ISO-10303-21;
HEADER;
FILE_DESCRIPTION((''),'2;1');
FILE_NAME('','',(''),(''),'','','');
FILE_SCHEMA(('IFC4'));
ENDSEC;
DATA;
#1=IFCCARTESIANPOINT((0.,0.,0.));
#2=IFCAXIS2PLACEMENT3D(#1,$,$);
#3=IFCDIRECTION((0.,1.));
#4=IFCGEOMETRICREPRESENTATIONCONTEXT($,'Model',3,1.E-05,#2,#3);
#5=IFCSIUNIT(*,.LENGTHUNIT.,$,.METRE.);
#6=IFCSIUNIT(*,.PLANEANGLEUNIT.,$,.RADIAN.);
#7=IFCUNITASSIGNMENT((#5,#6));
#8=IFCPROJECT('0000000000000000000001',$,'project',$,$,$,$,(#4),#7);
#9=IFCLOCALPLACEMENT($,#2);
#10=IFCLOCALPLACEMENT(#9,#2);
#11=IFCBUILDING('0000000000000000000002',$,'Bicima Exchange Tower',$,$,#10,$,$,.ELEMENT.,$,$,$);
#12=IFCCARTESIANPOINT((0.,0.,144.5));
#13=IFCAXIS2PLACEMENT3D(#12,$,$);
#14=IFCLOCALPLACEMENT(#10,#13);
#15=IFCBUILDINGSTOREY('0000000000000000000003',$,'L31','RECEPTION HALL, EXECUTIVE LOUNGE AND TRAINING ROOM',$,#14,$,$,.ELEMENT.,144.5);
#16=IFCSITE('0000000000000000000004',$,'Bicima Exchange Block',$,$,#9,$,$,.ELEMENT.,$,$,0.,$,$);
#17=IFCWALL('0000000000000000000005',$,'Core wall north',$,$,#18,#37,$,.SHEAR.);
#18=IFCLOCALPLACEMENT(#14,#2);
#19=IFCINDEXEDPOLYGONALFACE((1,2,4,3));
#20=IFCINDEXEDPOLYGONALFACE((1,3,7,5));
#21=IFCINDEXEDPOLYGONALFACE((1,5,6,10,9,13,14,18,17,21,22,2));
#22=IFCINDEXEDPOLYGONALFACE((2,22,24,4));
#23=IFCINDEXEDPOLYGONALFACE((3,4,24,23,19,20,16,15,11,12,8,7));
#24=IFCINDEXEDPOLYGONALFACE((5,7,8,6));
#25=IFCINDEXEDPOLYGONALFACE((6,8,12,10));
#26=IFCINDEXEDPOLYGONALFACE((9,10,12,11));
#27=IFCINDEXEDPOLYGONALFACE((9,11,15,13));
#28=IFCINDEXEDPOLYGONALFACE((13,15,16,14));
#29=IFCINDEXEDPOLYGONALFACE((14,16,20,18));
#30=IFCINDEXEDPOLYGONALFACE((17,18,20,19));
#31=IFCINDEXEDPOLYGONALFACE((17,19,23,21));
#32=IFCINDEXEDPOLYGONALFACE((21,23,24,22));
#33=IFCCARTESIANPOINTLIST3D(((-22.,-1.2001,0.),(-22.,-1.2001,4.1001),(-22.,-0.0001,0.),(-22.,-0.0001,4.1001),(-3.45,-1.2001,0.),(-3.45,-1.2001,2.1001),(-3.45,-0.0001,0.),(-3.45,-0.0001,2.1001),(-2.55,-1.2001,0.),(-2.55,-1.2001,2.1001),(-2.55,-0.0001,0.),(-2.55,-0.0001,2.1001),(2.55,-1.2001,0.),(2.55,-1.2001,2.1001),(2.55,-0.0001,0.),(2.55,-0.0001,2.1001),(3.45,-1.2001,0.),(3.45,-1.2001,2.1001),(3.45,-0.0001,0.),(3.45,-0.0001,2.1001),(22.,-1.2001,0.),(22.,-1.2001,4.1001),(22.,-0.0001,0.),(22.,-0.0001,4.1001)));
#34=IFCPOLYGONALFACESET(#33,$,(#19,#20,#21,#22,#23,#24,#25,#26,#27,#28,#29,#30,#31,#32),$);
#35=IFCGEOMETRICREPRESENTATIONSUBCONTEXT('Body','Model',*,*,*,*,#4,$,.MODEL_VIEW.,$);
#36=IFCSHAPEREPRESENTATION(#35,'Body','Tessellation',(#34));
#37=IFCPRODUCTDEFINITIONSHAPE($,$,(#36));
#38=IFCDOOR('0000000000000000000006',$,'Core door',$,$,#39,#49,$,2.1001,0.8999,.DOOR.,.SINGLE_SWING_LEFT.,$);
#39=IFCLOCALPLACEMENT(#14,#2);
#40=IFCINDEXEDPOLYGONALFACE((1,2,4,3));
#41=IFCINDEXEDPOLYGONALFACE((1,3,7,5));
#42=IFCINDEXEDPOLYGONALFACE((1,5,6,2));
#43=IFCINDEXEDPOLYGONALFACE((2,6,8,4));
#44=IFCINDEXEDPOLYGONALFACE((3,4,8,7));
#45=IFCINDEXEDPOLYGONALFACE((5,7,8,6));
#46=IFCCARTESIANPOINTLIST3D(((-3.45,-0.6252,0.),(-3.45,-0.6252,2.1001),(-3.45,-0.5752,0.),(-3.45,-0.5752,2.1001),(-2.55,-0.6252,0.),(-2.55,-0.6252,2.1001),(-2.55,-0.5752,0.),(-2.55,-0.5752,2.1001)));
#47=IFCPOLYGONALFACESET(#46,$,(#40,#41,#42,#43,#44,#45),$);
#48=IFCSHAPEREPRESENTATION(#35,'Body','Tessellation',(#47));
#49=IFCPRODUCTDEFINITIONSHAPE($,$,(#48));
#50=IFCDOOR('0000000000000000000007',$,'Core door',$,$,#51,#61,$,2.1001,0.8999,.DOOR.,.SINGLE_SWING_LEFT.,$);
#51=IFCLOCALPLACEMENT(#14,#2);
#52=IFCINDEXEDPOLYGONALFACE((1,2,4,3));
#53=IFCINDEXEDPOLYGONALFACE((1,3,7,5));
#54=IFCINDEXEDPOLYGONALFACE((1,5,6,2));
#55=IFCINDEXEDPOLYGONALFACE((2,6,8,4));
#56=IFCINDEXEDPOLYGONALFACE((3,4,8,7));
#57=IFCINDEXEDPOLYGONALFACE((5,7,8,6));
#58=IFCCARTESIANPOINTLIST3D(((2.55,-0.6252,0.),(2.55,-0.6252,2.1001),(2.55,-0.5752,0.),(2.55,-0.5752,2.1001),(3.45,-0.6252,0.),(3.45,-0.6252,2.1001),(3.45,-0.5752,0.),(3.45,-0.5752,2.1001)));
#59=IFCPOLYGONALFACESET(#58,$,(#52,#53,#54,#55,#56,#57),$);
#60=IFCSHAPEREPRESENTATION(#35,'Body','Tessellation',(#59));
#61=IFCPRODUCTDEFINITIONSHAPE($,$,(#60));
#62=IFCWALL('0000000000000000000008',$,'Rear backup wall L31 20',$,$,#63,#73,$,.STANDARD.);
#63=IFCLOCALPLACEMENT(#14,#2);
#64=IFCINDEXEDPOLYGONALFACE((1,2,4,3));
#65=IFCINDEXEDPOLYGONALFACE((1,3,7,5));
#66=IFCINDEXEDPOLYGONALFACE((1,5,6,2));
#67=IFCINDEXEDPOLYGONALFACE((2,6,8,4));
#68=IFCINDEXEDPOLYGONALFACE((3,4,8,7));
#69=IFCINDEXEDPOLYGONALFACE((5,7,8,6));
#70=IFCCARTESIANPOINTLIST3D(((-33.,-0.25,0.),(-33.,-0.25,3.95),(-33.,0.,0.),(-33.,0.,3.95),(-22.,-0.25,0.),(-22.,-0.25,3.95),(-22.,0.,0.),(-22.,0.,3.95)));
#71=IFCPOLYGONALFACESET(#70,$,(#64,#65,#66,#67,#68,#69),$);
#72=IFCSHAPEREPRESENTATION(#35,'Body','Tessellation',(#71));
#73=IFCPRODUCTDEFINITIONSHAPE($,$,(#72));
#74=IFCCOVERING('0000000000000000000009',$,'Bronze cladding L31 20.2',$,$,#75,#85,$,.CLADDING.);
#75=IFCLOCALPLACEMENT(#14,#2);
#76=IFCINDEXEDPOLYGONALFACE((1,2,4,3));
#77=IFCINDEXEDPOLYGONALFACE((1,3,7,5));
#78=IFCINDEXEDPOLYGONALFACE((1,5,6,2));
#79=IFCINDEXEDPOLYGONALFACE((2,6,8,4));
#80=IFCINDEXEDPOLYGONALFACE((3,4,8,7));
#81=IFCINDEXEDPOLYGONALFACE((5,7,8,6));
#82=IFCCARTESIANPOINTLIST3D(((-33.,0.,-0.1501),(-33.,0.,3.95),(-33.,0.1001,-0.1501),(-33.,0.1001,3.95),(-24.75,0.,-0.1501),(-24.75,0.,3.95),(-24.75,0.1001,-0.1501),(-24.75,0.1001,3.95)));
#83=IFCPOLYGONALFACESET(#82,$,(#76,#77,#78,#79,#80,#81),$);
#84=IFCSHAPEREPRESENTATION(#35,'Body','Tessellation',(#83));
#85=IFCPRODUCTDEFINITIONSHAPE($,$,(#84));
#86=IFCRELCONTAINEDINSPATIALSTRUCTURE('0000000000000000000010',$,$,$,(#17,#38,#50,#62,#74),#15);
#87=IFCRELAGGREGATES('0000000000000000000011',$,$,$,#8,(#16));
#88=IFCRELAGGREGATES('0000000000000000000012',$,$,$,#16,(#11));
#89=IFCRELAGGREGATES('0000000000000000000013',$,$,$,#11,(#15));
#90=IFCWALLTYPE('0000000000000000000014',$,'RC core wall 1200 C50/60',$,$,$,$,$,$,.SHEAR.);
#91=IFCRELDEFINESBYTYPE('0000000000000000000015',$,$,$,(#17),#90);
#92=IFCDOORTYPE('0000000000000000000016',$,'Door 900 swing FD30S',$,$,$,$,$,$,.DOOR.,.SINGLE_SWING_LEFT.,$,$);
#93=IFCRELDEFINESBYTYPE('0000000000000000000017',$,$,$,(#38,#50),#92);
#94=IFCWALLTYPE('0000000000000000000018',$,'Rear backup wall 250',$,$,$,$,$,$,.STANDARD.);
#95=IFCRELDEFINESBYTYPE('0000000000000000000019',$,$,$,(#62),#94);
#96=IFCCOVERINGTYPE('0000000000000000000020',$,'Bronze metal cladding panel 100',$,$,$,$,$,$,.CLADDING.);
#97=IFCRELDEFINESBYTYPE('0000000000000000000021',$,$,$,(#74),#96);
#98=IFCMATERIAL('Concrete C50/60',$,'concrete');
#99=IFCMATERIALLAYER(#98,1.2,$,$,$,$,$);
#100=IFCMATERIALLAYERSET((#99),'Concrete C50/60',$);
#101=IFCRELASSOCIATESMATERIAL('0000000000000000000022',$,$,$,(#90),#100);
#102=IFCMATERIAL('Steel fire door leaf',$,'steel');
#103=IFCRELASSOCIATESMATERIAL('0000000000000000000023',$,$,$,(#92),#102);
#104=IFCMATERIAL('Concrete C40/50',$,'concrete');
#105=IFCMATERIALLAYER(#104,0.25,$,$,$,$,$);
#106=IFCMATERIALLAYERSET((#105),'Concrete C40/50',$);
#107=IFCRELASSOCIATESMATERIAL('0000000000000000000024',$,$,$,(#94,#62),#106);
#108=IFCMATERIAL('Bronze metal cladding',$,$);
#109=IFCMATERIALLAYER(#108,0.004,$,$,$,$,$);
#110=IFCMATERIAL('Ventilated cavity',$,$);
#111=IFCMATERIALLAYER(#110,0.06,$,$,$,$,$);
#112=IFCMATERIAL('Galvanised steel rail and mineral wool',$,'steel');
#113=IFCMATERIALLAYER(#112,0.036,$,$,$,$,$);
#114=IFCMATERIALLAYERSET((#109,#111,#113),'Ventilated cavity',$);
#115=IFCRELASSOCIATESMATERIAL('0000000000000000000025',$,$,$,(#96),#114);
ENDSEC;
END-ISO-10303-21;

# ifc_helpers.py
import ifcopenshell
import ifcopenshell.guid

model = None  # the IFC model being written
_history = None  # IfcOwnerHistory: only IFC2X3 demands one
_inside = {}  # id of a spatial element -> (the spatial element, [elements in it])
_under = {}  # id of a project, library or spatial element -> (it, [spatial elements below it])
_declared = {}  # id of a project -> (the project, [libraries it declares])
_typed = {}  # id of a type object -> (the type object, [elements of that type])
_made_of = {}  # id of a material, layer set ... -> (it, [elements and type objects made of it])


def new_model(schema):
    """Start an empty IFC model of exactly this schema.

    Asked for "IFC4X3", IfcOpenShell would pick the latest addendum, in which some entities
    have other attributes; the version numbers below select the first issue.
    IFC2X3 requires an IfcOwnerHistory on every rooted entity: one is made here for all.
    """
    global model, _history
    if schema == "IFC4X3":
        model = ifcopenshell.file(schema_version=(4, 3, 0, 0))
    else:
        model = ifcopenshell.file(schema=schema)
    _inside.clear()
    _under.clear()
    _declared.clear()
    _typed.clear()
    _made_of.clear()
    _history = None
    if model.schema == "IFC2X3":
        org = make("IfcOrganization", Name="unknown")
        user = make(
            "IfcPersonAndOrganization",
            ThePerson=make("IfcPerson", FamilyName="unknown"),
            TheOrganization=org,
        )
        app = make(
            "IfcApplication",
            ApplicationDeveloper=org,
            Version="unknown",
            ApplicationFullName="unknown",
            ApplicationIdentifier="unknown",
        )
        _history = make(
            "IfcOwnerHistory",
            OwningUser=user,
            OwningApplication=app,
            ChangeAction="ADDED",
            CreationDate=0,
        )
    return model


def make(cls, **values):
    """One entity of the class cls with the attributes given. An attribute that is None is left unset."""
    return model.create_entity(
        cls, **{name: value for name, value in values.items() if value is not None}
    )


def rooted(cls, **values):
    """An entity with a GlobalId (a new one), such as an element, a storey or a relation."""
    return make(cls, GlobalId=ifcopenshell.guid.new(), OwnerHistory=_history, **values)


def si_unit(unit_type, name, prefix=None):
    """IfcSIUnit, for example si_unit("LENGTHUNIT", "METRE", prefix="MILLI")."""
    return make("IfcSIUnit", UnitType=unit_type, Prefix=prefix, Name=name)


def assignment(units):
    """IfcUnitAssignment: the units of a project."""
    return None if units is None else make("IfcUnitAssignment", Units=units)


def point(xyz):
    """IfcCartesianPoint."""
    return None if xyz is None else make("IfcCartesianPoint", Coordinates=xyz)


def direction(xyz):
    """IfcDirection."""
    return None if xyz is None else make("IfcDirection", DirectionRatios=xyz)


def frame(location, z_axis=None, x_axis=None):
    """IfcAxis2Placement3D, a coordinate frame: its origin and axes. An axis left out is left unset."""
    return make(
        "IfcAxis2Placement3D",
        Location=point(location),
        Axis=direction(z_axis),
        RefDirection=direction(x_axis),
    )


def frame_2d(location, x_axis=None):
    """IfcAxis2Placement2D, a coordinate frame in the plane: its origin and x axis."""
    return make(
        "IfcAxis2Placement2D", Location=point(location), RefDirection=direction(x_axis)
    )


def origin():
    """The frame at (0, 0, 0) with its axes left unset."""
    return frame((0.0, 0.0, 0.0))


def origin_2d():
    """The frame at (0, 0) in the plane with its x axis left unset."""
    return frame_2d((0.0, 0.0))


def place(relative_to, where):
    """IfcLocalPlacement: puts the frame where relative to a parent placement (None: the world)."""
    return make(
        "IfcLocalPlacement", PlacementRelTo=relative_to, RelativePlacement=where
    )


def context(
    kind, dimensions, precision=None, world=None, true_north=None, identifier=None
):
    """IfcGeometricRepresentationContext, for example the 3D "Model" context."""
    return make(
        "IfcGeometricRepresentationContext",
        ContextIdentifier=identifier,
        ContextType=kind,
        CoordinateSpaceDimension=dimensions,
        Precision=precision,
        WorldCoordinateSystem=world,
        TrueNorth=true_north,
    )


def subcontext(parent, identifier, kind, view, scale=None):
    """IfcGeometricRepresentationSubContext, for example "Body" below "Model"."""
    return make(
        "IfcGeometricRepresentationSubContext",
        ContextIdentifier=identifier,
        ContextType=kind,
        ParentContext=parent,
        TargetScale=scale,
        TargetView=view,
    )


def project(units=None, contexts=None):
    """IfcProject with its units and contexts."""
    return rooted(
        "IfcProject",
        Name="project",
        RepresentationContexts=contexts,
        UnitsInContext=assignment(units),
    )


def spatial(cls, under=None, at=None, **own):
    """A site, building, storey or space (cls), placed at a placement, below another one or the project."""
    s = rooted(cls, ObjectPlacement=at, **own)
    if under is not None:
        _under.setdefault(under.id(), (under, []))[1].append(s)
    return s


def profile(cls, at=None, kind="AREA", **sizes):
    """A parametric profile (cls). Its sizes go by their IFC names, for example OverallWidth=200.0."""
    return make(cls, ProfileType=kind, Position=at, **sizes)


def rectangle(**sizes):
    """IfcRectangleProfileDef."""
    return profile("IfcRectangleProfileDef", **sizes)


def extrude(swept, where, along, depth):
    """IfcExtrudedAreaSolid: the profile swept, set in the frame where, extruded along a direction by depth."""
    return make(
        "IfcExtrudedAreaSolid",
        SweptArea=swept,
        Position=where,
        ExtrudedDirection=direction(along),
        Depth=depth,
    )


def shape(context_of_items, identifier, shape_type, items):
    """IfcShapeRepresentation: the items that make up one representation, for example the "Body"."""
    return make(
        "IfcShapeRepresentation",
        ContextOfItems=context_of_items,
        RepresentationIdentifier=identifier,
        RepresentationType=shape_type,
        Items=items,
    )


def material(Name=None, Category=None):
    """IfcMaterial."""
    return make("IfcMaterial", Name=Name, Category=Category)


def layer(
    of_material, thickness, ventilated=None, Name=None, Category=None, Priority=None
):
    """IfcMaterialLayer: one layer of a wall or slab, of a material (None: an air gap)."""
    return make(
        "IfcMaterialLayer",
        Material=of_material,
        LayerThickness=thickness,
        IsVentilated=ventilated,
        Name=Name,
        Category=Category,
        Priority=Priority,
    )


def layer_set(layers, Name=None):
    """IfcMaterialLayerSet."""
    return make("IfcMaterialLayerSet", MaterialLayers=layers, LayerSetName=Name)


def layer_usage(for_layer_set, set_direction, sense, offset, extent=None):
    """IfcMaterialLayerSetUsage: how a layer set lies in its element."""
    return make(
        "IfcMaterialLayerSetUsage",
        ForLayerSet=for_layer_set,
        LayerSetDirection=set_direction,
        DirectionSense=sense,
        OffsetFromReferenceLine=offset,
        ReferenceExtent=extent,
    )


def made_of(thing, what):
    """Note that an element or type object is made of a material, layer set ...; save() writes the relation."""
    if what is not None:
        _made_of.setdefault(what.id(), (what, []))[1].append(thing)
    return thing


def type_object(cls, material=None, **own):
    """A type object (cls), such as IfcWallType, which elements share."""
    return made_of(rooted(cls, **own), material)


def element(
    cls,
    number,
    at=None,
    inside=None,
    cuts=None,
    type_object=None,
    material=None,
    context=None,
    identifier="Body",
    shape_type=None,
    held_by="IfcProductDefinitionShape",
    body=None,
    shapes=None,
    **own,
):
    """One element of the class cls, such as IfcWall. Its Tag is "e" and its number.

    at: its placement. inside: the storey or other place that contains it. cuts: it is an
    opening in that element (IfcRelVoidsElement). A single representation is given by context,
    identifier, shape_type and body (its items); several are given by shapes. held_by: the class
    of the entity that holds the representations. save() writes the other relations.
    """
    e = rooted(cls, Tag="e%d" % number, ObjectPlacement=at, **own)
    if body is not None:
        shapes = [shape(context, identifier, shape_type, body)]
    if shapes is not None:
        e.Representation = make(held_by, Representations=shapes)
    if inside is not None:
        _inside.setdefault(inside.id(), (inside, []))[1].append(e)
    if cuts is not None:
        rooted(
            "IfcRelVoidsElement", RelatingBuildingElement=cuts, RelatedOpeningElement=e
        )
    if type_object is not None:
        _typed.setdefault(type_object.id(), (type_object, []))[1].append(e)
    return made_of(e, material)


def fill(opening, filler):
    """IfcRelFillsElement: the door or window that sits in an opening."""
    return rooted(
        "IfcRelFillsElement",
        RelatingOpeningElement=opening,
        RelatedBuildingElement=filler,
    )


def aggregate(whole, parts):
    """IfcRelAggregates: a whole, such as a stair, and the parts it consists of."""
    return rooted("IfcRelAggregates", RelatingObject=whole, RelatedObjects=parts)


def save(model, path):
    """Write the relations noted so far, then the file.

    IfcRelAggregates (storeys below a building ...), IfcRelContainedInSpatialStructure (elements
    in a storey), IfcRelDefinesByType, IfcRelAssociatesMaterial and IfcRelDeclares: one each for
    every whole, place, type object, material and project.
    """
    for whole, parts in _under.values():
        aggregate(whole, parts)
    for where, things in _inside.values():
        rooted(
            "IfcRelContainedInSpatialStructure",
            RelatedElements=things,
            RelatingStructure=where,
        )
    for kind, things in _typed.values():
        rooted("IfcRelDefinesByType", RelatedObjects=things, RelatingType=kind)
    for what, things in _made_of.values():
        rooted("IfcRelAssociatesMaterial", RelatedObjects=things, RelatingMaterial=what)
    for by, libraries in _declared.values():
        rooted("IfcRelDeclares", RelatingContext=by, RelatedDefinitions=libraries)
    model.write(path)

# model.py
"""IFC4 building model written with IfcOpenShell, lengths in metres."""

from ifc_helpers import new_model, si_unit, direction, frame, frame_2d, origin, origin_2d, place, context, subcontext, project, spatial, rectangle, extrude, material, layer, layer_set, layer_usage, type_object, element, fill, save


model = new_model("IFC4")

# Units and contexts
model_context = context("Model", 3, precision=1e-05, world=origin(), true_north=direction((0.0, 1.0)))
body_context = subcontext(model_context, "Body", "Model", "MODEL_VIEW")
ifc_project = project(units=[si_unit("LENGTHUNIT", "METRE"), si_unit("PLANEANGLEUNIT", "RADIAN")], contexts=[model_context])

# Site, building, storey
site_placement = place(None, origin())
site = spatial("IfcSite", under=ifc_project, at=site_placement, Name="Bicima Exchange Block", CompositionType="ELEMENT", RefElevation=0.0)
building_placement = place(site_placement, origin())
building = spatial("IfcBuilding", under=site, at=building_placement, Name="Bicima Exchange Tower", CompositionType="ELEMENT")
storey_placement = place(building_placement, frame((0.0, 0.0, 144.5)))
storey = spatial("IfcBuildingStorey", under=building, at=storey_placement, Name="L31", Description="RECEPTION HALL, EXECUTIVE LOUNGE AND TRAINING ROOM", CompositionType="ELEMENT", Elevation=144.5)

# Wall, openings, doors
ifc_material_1 = material(Name="Concrete C50/60", Category="concrete")
ifc_layer_1 = layer(ifc_material_1, 1.2)
ifc_layer_set_1 = layer_set([ifc_layer_1], Name="Concrete C50/60")
wall_type_1 = type_object("IfcWallType", Name="RC core wall 1200 C50/60", PredefinedType="SHEAR", material=ifc_layer_set_1)
wall_1_placement = place(storey_placement, frame((-22.0, -0.6001, 0.0), z_axis=(0.0, 0.0, 1.0), x_axis=(1.0, 0.0, 0.0)))
wall_1 = element("IfcWall", 1, at=wall_1_placement, inside=storey, type_object=wall_type_1, Name="Core wall north", PredefinedType="SHEAR", context=body_context, shape_type="SweptSolid", body=[
    extrude(rectangle(XDim=44.0, YDim=1.2, at=frame_2d((22.0, 0.0))), origin(), (0.0, 0.0, 1.0), 4.1001),
])
opening_1_placement = place(wall_1_placement, frame((18.55, 0.0, 0.0)))
opening_1 = element("IfcOpeningElement", 2, at=opening_1_placement, cuts=wall_1, PredefinedType="OPENING", context=body_context, shape_type="SweptSolid", body=[
    extrude(rectangle(XDim=0.8999, YDim=2.1001, at=frame_2d((0.45, 1.05))), frame((0.0, 0.6118, 0.0), z_axis=(0.0, -1.0, 0.0), x_axis=(1.0, 0.0, 0.0)), (0.0, 0.0, 1.0), 1.2239),
])
opening_2_placement = place(wall_1_placement, frame((24.55, 0.0, 0.0)))
opening_2 = element("IfcOpeningElement", 3, at=opening_2_placement, cuts=wall_1, PredefinedType="OPENING", context=body_context, shape_type="SweptSolid", body=[
    extrude(rectangle(XDim=0.8999, YDim=2.1001, at=frame_2d((0.45, 1.05))), frame((0.0, 0.6118, 0.0), z_axis=(0.0, -1.0, 0.0), x_axis=(1.0, 0.0, 0.0)), (0.0, 0.0, 1.0), 1.2239),
])
ifc_material_2 = material(Name="Steel fire door leaf", Category="steel")
door_type = type_object("IfcDoorType", Name="Door 900 swing FD30S", OperationType="SINGLE_SWING_LEFT", PredefinedType="DOOR", material=ifc_material_2)
door_1_placement = place(opening_1_placement, origin())
door_1 = element("IfcDoor", 4, at=door_1_placement, inside=storey, type_object=door_type, Name="Core door", OperationType="SINGLE_SWING_LEFT", OverallHeight=2.1001, OverallWidth=0.8999, PredefinedType="DOOR", context=body_context, shape_type="SweptSolid", body=[
    extrude(rectangle(XDim=0.8999, YDim=2.1001, at=frame_2d((0.45, 1.05))), frame((0.0, 0.0249, 0.0), z_axis=(0.0, -1.0, 0.0), x_axis=(1.0, 0.0, 0.0)), (0.0, 0.0, 1.0), 0.05),
])
fill(opening_1, door_1)
door_2_placement = place(opening_2_placement, origin())
door_2 = element("IfcDoor", 5, at=door_2_placement, inside=storey, type_object=door_type, Name="Core door", OperationType="SINGLE_SWING_LEFT", OverallHeight=2.1001, OverallWidth=0.8999, PredefinedType="DOOR", context=body_context, shape_type="SweptSolid", body=[
    extrude(rectangle(XDim=0.8999, YDim=2.1001, at=frame_2d((0.45, 1.05))), frame((0.0, 0.0249, 0.0), z_axis=(0.0, -1.0, 0.0), x_axis=(1.0, 0.0, 0.0)), (0.0, 0.0, 1.0), 0.05),
])
fill(opening_2, door_2)

# Wall
ifc_material_3 = material(Name="Concrete C40/50", Category="concrete")
ifc_layer_2 = layer(ifc_material_3, 0.25)
ifc_layer_set_2 = layer_set([ifc_layer_2], Name="Concrete C40/50")
ifc_layer_usage = layer_usage(ifc_layer_set_2, "AXIS2", "POSITIVE", -0.125)
wall_type_2 = type_object("IfcWallType", Name="Rear backup wall 250", PredefinedType="STANDARD", material=ifc_layer_set_2)
wall_2_placement = place(storey_placement, frame((-22.0, -0.125, 0.0), z_axis=(0.0, 0.0, 1.0), x_axis=(-1.0, 0.0, 0.0)))
element("IfcWall", 6, at=wall_2_placement, inside=storey, type_object=wall_type_2, material=ifc_layer_usage, Name="Rear backup wall L31 20", PredefinedType="STANDARD", context=body_context, shape_type="SweptSolid", body=[
    extrude(rectangle(XDim=11.0, YDim=0.25, at=frame_2d((5.5, 0.0))), origin(), (0.0, 0.0, 1.0), 3.95),
])

# Covering
ifc_material_4 = material(Name="Bronze metal cladding")
ifc_layer_3 = layer(ifc_material_4, 0.004)
ifc_material_5 = material(Name="Ventilated cavity")
ifc_layer_4 = layer(ifc_material_5, 0.06)
ifc_material_6 = material(Name="Galvanised steel rail and mineral wool", Category="steel")
ifc_layer_5 = layer(ifc_material_6, 0.036)
ifc_layer_set_3 = layer_set([ifc_layer_3, ifc_layer_4, ifc_layer_5], Name="Ventilated cavity")
covering_type = type_object("IfcCoveringType", Name="Bronze metal cladding panel 100", PredefinedType="CLADDING", material=ifc_layer_set_3)
covering_placement = place(storey_placement, frame((-28.875, 0.05, -0.1501), z_axis=(0.0, 0.0, 1.0), x_axis=(-1.0, 0.0, 0.0)))
element("IfcCovering", 7, at=covering_placement, inside=storey, type_object=covering_type, Name="Bronze cladding L31 20.2", PredefinedType="CLADDING", context=body_context, shape_type="SweptSolid", body=[
    extrude(rectangle(XDim=8.25, YDim=0.1001, at=origin_2d()), origin(), (0.0, 0.0, 1.0), 4.1001),
])

save(model, "model.ifc")
